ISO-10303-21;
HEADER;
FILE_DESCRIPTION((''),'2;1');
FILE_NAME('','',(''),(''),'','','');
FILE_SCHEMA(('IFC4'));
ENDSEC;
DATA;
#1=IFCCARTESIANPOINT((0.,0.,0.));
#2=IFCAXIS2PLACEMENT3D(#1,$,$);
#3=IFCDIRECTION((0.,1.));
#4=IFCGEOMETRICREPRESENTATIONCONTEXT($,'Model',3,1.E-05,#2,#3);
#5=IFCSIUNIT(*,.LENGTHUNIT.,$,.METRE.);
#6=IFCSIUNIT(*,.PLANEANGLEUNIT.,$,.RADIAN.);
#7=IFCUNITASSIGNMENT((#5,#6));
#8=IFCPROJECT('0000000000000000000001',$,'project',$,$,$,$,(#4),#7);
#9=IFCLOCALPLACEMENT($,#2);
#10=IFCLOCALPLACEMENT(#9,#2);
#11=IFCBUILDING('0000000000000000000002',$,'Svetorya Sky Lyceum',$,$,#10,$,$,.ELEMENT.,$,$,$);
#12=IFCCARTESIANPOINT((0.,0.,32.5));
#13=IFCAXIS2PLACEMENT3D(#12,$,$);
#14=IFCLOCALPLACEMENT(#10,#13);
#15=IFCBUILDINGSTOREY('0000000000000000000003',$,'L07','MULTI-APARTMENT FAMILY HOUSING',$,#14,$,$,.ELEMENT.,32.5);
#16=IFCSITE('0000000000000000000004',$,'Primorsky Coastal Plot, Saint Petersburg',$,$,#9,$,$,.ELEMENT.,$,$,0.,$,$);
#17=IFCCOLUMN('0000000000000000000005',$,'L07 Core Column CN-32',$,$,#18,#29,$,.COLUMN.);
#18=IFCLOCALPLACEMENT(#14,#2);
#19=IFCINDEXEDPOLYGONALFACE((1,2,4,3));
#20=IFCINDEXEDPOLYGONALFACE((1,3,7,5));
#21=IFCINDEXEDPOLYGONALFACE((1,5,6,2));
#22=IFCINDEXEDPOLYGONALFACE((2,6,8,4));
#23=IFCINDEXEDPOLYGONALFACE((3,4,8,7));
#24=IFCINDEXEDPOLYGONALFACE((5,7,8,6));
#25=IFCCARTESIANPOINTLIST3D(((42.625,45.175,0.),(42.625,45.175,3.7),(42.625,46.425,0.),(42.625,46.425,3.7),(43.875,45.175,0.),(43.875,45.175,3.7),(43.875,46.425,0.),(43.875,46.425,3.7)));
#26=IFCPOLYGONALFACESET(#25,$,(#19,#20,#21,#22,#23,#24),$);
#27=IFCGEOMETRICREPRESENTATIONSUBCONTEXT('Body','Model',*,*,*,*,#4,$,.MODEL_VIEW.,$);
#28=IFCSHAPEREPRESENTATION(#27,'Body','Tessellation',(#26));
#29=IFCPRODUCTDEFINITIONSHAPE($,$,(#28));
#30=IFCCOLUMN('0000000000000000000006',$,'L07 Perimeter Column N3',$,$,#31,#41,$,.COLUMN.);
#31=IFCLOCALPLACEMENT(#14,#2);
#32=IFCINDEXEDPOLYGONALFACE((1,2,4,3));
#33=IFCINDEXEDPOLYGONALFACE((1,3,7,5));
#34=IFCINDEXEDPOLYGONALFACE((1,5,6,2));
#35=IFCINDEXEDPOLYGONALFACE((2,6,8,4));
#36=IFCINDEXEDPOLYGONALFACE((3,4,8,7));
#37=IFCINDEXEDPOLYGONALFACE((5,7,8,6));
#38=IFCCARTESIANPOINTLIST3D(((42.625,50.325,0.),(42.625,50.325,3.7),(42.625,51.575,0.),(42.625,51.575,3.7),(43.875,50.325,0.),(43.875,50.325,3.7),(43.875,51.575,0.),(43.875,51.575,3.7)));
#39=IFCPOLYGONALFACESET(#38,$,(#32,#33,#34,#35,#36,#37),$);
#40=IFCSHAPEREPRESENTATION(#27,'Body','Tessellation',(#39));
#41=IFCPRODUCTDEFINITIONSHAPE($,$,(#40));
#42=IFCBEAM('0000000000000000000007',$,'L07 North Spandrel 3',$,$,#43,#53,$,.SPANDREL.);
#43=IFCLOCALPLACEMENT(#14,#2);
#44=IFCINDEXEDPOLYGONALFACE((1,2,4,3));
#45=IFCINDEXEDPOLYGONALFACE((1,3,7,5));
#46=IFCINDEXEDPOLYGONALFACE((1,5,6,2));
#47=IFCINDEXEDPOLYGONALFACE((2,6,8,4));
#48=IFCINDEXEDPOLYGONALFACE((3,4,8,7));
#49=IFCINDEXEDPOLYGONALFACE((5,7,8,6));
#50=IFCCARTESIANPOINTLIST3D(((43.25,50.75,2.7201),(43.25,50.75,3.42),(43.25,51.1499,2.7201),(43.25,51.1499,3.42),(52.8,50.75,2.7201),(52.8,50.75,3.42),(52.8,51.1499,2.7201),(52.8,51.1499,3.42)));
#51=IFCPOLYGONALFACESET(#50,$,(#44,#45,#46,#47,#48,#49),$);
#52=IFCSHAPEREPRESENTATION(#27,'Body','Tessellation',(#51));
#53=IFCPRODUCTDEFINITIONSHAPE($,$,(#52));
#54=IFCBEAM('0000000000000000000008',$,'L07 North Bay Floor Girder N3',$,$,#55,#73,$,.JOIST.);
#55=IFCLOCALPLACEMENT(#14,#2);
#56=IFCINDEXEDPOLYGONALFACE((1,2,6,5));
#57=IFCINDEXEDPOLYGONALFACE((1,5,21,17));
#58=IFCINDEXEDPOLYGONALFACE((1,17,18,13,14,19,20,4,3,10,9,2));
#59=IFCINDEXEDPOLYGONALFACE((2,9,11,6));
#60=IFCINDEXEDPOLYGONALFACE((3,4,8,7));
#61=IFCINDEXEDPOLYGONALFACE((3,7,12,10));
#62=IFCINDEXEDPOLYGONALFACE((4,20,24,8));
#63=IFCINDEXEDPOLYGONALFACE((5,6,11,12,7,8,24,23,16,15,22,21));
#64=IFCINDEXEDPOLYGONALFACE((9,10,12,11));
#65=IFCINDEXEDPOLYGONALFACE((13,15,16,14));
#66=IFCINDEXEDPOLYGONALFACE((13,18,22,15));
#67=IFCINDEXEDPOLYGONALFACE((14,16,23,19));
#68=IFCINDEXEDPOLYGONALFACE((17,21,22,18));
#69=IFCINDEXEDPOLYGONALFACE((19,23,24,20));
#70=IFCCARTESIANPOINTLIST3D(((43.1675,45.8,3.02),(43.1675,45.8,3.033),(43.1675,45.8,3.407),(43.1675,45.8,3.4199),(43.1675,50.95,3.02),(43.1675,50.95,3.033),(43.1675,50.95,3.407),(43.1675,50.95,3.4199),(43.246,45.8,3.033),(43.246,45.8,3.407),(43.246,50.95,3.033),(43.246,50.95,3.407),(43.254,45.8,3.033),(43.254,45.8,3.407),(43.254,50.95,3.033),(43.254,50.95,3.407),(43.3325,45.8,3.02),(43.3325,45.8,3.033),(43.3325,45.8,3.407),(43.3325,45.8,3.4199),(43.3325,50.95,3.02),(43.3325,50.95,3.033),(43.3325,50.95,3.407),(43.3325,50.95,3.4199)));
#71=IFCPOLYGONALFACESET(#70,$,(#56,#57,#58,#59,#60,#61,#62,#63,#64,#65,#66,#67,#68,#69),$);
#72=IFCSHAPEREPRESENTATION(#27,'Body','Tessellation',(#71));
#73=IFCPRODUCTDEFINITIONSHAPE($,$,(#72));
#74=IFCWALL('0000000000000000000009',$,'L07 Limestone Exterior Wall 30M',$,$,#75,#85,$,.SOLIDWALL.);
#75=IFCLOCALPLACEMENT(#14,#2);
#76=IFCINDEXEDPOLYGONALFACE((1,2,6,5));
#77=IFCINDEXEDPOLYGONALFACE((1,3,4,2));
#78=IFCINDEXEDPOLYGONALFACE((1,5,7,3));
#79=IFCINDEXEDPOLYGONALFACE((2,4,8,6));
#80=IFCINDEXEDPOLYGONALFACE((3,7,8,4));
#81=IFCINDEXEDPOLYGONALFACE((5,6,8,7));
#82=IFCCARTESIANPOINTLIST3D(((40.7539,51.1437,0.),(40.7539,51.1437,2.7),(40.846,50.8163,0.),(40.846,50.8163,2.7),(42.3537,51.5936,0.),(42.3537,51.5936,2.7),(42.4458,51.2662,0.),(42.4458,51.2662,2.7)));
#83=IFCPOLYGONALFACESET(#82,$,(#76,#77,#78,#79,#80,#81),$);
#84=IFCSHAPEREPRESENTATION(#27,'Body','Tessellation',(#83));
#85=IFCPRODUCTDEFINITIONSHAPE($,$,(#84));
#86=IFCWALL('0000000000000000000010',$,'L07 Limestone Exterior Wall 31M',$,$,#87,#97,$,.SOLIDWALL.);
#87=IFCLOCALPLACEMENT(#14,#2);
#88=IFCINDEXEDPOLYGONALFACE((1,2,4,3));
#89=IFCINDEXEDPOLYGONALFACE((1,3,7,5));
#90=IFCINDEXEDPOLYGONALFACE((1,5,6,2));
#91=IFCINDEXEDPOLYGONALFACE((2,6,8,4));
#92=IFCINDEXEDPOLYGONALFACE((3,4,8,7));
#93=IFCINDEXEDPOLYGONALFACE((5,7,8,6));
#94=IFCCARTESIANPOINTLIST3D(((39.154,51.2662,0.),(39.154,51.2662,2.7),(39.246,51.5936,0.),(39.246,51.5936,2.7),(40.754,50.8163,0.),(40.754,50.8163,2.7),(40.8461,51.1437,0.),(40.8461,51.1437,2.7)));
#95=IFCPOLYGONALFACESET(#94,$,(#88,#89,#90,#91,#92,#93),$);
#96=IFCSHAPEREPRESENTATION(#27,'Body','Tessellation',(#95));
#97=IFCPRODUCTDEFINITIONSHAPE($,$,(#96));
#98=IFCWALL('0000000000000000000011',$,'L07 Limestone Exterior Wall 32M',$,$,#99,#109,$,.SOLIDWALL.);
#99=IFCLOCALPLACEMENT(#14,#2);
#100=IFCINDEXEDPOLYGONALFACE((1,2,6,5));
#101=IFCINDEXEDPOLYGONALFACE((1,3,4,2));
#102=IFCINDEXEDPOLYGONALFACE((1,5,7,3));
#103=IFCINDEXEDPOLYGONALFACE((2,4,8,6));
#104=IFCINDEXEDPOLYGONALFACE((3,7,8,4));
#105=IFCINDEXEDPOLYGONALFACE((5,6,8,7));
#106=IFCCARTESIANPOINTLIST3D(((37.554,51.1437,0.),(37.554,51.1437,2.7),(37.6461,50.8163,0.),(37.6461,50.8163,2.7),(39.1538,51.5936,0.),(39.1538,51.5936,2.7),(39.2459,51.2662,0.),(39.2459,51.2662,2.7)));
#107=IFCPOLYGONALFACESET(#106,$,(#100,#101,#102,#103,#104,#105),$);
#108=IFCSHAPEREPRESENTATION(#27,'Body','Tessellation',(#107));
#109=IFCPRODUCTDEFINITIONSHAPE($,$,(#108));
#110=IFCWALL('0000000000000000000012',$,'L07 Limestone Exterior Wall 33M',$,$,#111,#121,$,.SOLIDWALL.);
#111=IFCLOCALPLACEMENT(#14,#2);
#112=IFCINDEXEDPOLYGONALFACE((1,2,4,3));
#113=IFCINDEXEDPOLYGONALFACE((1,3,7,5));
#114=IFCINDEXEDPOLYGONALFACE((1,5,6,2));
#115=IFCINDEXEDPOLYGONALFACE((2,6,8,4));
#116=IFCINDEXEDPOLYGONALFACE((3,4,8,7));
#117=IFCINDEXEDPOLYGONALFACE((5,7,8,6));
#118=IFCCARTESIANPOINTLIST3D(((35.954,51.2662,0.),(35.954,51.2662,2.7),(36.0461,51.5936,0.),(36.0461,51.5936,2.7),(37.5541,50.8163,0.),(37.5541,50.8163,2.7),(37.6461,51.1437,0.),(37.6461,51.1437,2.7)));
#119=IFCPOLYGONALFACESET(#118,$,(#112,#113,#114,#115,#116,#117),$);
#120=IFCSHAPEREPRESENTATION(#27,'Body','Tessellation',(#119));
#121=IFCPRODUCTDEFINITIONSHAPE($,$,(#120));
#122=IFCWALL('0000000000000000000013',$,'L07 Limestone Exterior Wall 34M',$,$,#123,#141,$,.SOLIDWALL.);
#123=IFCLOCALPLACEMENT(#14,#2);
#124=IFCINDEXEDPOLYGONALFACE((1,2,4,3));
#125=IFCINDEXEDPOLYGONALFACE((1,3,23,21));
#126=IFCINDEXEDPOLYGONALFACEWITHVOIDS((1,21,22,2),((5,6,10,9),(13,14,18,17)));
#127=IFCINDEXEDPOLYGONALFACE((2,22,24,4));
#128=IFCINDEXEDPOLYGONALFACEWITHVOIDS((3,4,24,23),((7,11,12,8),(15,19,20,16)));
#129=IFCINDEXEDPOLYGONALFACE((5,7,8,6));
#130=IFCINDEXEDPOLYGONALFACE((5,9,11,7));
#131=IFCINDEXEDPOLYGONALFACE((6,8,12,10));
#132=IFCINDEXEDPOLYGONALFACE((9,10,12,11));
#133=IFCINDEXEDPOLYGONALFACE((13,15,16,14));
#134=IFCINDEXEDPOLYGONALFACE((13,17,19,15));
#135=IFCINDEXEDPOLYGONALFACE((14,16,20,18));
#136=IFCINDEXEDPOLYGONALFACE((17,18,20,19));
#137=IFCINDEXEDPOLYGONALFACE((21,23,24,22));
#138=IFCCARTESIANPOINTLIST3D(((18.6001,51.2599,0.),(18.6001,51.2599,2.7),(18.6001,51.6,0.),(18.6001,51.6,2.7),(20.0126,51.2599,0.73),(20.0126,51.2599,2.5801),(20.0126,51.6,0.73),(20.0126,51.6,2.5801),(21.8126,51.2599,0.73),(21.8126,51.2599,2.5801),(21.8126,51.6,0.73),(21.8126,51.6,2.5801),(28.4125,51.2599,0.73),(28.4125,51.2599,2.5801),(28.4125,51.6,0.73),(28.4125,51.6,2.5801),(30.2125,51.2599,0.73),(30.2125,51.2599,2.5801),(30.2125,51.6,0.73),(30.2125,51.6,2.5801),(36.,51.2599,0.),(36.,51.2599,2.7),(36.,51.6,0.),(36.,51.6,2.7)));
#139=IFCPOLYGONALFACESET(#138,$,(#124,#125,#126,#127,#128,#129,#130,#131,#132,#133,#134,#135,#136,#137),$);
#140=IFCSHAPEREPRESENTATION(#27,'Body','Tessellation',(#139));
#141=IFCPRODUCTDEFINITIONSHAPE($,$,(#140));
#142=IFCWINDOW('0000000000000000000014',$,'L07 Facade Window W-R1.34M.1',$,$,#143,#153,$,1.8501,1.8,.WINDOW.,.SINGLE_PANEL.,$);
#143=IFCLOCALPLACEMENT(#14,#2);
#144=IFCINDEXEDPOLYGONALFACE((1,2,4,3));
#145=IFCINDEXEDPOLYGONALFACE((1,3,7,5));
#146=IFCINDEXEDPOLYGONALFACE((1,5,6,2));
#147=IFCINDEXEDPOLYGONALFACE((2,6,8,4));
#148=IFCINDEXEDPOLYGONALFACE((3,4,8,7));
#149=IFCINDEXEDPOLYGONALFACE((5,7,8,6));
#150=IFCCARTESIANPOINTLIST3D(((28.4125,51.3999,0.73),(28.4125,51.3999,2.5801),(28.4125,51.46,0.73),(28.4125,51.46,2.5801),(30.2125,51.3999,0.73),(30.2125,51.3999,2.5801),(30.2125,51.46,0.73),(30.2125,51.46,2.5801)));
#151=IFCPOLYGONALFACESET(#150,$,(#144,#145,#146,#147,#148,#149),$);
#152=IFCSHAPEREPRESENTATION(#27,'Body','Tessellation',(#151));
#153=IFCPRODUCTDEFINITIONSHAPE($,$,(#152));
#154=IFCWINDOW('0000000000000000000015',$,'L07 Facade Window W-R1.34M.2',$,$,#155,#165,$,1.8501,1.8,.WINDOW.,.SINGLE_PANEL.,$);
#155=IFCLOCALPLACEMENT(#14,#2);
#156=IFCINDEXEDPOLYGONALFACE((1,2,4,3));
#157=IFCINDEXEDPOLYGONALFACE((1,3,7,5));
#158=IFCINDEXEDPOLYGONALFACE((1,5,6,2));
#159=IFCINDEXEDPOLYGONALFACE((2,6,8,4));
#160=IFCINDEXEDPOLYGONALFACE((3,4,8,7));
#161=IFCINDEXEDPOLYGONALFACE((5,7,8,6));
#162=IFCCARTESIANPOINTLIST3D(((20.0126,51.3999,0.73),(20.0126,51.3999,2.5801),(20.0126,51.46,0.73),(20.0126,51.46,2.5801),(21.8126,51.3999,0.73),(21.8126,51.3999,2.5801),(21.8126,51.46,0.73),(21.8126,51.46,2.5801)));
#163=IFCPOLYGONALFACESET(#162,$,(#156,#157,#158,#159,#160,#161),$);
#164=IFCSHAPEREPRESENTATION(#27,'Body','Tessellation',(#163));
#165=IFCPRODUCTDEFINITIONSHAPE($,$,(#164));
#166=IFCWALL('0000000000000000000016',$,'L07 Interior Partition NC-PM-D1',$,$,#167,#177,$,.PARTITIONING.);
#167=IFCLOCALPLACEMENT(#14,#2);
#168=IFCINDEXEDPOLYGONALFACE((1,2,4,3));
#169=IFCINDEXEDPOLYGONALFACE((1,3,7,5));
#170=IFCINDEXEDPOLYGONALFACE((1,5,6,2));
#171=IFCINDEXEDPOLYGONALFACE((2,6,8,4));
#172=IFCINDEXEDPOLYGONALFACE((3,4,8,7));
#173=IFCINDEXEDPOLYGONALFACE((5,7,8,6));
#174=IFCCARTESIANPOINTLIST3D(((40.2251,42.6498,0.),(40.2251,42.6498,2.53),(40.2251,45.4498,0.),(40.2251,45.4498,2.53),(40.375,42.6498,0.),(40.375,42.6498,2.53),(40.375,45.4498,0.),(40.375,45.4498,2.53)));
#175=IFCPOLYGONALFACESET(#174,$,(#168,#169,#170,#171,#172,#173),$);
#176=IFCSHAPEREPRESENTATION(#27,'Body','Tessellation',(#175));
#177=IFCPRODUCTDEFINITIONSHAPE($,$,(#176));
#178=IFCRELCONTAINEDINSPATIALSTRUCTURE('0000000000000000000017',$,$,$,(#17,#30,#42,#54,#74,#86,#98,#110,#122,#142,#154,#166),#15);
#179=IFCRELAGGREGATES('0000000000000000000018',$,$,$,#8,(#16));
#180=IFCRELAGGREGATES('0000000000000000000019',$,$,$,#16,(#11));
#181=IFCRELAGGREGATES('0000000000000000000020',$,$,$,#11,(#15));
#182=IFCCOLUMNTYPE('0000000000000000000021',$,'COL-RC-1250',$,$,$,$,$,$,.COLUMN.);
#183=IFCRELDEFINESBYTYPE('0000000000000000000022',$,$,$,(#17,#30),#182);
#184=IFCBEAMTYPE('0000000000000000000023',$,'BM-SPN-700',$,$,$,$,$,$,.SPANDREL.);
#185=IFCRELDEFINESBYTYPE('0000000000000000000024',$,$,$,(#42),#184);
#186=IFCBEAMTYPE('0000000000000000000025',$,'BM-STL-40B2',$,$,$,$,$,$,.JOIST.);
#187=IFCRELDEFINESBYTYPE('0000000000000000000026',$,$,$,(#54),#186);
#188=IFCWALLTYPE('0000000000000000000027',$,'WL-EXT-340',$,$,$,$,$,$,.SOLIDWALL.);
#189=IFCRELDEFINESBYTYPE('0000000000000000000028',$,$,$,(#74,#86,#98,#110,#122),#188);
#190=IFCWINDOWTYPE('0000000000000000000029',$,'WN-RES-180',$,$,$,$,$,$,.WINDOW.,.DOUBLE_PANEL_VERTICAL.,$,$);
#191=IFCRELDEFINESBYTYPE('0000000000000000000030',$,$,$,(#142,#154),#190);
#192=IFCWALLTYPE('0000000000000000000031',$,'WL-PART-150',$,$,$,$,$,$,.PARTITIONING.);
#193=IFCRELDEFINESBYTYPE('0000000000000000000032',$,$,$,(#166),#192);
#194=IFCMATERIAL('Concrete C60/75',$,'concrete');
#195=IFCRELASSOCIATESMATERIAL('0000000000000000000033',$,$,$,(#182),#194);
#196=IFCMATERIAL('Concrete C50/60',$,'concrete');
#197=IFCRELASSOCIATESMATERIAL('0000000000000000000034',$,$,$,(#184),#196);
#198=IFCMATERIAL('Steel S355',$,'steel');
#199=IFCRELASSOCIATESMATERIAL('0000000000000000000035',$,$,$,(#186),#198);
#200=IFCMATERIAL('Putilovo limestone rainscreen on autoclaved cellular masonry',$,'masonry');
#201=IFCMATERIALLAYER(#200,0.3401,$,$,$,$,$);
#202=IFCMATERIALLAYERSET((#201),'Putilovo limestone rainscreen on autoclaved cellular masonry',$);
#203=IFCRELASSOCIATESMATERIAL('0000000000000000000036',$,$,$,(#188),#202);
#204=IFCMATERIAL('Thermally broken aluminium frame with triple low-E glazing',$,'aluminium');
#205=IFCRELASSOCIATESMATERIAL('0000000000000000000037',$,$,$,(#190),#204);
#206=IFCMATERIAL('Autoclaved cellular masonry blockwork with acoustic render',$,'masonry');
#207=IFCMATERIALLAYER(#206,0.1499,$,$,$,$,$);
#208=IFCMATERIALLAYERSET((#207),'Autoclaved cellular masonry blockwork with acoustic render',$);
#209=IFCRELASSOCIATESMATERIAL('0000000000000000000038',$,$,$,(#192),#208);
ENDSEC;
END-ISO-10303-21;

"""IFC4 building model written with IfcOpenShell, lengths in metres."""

from ifc_helpers import new_model, si_unit, direction, frame, frame_2d, origin, origin_2d, place, context, subcontext, project, spatial, rectangle, i_section, extrude, material, layer, layer_set, material_profile, profile_set, type_object, element, fill, save


model = new_model("IFC4")

# Units and contexts
model_context = context("Model", 3, precision=1e-05, world=origin(), true_north=direction((0.0, 1.0)))
body_context = subcontext(model_context, "Body", "Model", "MODEL_VIEW")
ifc_project = project(units=[si_unit("LENGTHUNIT", "METRE"), si_unit("PLANEANGLEUNIT", "RADIAN")], contexts=[model_context])

# Site, building, storey
site_placement = place(None, origin())
site = spatial("IfcSite", under=ifc_project, at=site_placement, Name="Primorsky Coastal Plot, Saint Petersburg", CompositionType="ELEMENT", RefElevation=0.0)
building_placement = place(site_placement, origin())
building = spatial("IfcBuilding", under=site, at=building_placement, Name="Svetorya Sky Lyceum", CompositionType="ELEMENT")
storey_placement = place(building_placement, frame((0.0, 0.0, 32.5)))
storey = spatial("IfcBuildingStorey", under=building, at=storey_placement, Name="L07", Description="MULTI-APARTMENT FAMILY HOUSING", CompositionType="ELEMENT", Elevation=32.5)

# Columns
ifc_material_1 = material(Name="Concrete C60/75", Category="concrete")
ifc_material_profile_1 = material_profile(ifc_material_1, rectangle(XDim=1.25, YDim=1.25, at=origin_2d()), Name="RC COL 1250x1250")
ifc_profile_set_1 = profile_set([ifc_material_profile_1], Name="Concrete C60/75")
column_type = type_object("IfcColumnType", Name="COL-RC-1250", PredefinedType="COLUMN", material=ifc_profile_set_1)
for number, where, z_axis, x_axis, name in (
    (1, (43.25, 45.8, 0.0), (0.0, 0.0, 1.0), (1.0, 0.0, 0.0), "L07 Core Column CN-32"),
    (2, (43.25, 50.95, 0.0), (0.0, 0.0, 1.0), (1.0, 0.0, 0.0), "L07 Perimeter Column N3"),
):
    element("IfcColumn", number, at=place(storey_placement, frame(where, z_axis=z_axis, x_axis=x_axis)), inside=storey, type_object=column_type, Name=name, PredefinedType="COLUMN", context=body_context, shape_type="SweptSolid", body=[
        extrude(rectangle(XDim=1.25, YDim=1.25, at=origin_2d()), origin(), (0.0, 0.0, 1.0), 3.7),
    ])

# Beams
ifc_material_2 = material(Name="Concrete C50/60", Category="concrete")
ifc_material_profile_2 = material_profile(ifc_material_2, rectangle(XDim=0.3999, YDim=0.7, at=origin_2d()), Name="RC SPANDREL 400x700")
ifc_profile_set_2 = profile_set([ifc_material_profile_2], Name="Concrete C50/60")
beam_type_1 = type_object("IfcBeamType", Name="BM-SPN-700", PredefinedType="SPANDREL", material=ifc_profile_set_2)
beam_1_placement = place(storey_placement, frame((43.25, 50.95, 3.0701), z_axis=(1.0, 0.0, 0.0), x_axis=(0.0, 1.0, 0.0)))
element("IfcBeam", 3, at=beam_1_placement, inside=storey, type_object=beam_type_1, Name="L07 North Spandrel 3", PredefinedType="SPANDREL", context=body_context, shape_type="SweptSolid", body=[
    extrude(rectangle(XDim=0.3999, YDim=0.7, at=origin_2d()), origin(), (0.0, 0.0, 1.0), 9.55),
])
ifc_material_3 = material(Name="Steel S355", Category="steel")
ifc_material_profile_3 = material_profile(ifc_material_3, i_section(OverallWidth=0.165, OverallDepth=0.3999, WebThickness=0.0081, FlangeThickness=0.0129, at=origin_2d()), Name="GOST 40B2")
ifc_profile_set_3 = profile_set([ifc_material_profile_3], Name="Steel S355")
beam_type_2 = type_object("IfcBeamType", Name="BM-STL-40B2", PredefinedType="JOIST", material=ifc_profile_set_3)
beam_2_placement = place(storey_placement, frame((43.25, 45.8, 3.22), z_axis=(0.0, 1.0, 0.0), x_axis=(-1.0, 0.0, 0.0)))
element("IfcBeam", 4, at=beam_2_placement, inside=storey, type_object=beam_type_2, Name="L07 North Bay Floor Girder N3", PredefinedType="JOIST", context=body_context, shape_type="SweptSolid", body=[
    extrude(i_section(OverallWidth=0.165, OverallDepth=0.3999, WebThickness=0.0081, FlangeThickness=0.0129, at=origin_2d()), origin(), (0.0, 0.0, 1.0), 5.1499),
])

# Walls
ifc_material_4 = material(Name="Putilovo limestone rainscreen on autoclaved cellular masonry", Category="masonry")
ifc_layer_1 = layer(ifc_material_4, 0.3401)
ifc_layer_set_1 = layer_set([ifc_layer_1], Name="Putilovo limestone rainscreen on autoclaved cellular masonry")
wall_type_1 = type_object("IfcWallType", Name="WL-EXT-340", PredefinedType="SOLIDWALL", material=ifc_layer_set_1)
wall_1_placement = place(storey_placement, frame((42.3999, 51.4299, 0.0), z_axis=(0.0, 0.0, 1.0), x_axis=(-0.962652, -0.270741, 0.0)))
element("IfcWall", 5, at=wall_1_placement, inside=storey, type_object=wall_type_1, Name="L07 Limestone Exterior Wall 30M", PredefinedType="SOLIDWALL", context=body_context, shape_type="SweptSolid", body=[
    extrude(rectangle(XDim=1.6619, YDim=0.3401, at=frame_2d((0.8311, 0.0))), origin(), (0.0, 0.0, 1.0), 2.7),
])
wall_2_placement = place(storey_placement, frame((40.8, 50.98, 0.0), z_axis=(0.0, 0.0, 1.0), x_axis=(-0.962663, 0.270703, 0.0)))
element("IfcWall", 6, at=wall_2_placement, inside=storey, type_object=wall_type_1, Name="L07 Limestone Exterior Wall 31M", PredefinedType="SOLIDWALL", context=body_context, shape_type="SweptSolid", body=[
    extrude(rectangle(XDim=1.6621, YDim=0.3401, at=frame_2d((0.8311, 0.0))), origin(), (0.0, 0.0, 1.0), 2.7),
])
wall_3_placement = place(storey_placement, frame((39.2, 51.4299, 0.0), z_axis=(0.0, 0.0, 1.0), x_axis=(-0.962652, -0.270741, 0.0)))
element("IfcWall", 7, at=wall_3_placement, inside=storey, type_object=wall_type_1, Name="L07 Limestone Exterior Wall 32M", PredefinedType="SOLIDWALL", context=body_context, shape_type="SweptSolid", body=[
    extrude(rectangle(XDim=1.6619, YDim=0.3401, at=frame_2d((0.8311, 0.0))), origin(), (0.0, 0.0, 1.0), 2.7),
])
wall_4_placement = place(storey_placement, frame((37.6001, 50.98, 0.0), z_axis=(0.0, 0.0, 1.0), x_axis=(-0.962663, 0.270703, 0.0)))
element("IfcWall", 8, at=wall_4_placement, inside=storey, type_object=wall_type_1, Name="L07 Limestone Exterior Wall 33M", PredefinedType="SOLIDWALL", context=body_context, shape_type="SweptSolid", body=[
    extrude(rectangle(XDim=1.6621, YDim=0.3401, at=frame_2d((0.8311, 0.0))), origin(), (0.0, 0.0, 1.0), 2.7),
])

# Wall, openings, windows
wall_5_placement = place(storey_placement, frame((36.0, 51.4299, 0.0), z_axis=(0.0, 0.0, 1.0), x_axis=(-1.0, 0.0, 0.0)))
wall_5 = element("IfcWall", 9, at=wall_5_placement, inside=storey, type_object=wall_type_1, Name="L07 Limestone Exterior Wall 34M", PredefinedType="SOLIDWALL", context=body_context, shape_type="SweptSolid", body=[
    extrude(rectangle(XDim=17.3999, YDim=0.3401, at=frame_2d((8.7, 0.0))), origin(), (0.0, 0.0, 1.0), 2.7),
])
opening_1_placement = place(wall_5_placement, frame((5.7876, 0.0, 0.73)))
opening_1 = element("IfcOpeningElement", 10, at=opening_1_placement, cuts=wall_5, PredefinedType="OPENING", context=body_context, shape_type="SweptSolid", body=[
    extrude(rectangle(XDim=1.8, YDim=1.8501, at=frame_2d((0.8999, 0.925))), frame((0.0, 0.1799, 0.0), z_axis=(0.0, -1.0, 0.0), x_axis=(1.0, 0.0, 0.0)), (0.0, 0.0, 1.0), 0.3601),
])
opening_2_placement = place(wall_5_placement, frame((14.1875, 0.0, 0.73)))
opening_2 = element("IfcOpeningElement", 11, at=opening_2_placement, cuts=wall_5, PredefinedType="OPENING", context=body_context, shape_type="SweptSolid", body=[
    extrude(rectangle(XDim=1.8, YDim=1.8501, at=frame_2d((0.8999, 0.925))), frame((0.0, 0.1799, 0.0), z_axis=(0.0, -1.0, 0.0), x_axis=(1.0, 0.0, 0.0)), (0.0, 0.0, 1.0), 0.3601),
])
ifc_material_5 = material(Name="Thermally broken aluminium frame with triple low-E glazing", Category="aluminium")
window_type = type_object("IfcWindowType", Name="WN-RES-180", PartitioningType="DOUBLE_PANEL_VERTICAL", PredefinedType="WINDOW", material=ifc_material_5)
window_1_placement = place(opening_1_placement, origin())
window_1 = element("IfcWindow", 12, at=window_1_placement, inside=storey, type_object=window_type, Name="L07 Facade Window W-R1.34M.1", OverallHeight=1.8501, OverallWidth=1.8, PartitioningType="SINGLE_PANEL", PredefinedType="WINDOW", context=body_context, shape_type="SweptSolid", body=[
    extrude(rectangle(XDim=1.8, YDim=1.8501, at=frame_2d((0.8999, 0.925))), frame((0.0, 0.03, 0.0), z_axis=(0.0, -1.0, 0.0), x_axis=(1.0, 0.0, 0.0)), (0.0, 0.0, 1.0), 0.0601),
])
fill(opening_1, window_1)
window_2_placement = place(opening_2_placement, origin())
window_2 = element("IfcWindow", 13, at=window_2_placement, inside=storey, type_object=window_type, Name="L07 Facade Window W-R1.34M.2", OverallHeight=1.8501, OverallWidth=1.8, PartitioningType="SINGLE_PANEL", PredefinedType="WINDOW", context=body_context, shape_type="SweptSolid", body=[
    extrude(rectangle(XDim=1.8, YDim=1.8501, at=frame_2d((0.8999, 0.925))), frame((0.0, 0.03, 0.0), z_axis=(0.0, -1.0, 0.0), x_axis=(1.0, 0.0, 0.0)), (0.0, 0.0, 1.0), 0.0601),
])
fill(opening_2, window_2)

# Wall
ifc_material_6 = material(Name="Autoclaved cellular masonry blockwork with acoustic render", Category="masonry")
ifc_layer_2 = layer(ifc_material_6, 0.1499)
ifc_layer_set_2 = layer_set([ifc_layer_2], Name="Autoclaved cellular masonry blockwork with acoustic render")
wall_type_2 = type_object("IfcWallType", Name="WL-PART-150", PredefinedType="PARTITIONING", material=ifc_layer_set_2)
for number, where, z_axis, x_axis, name in (
    (14, (40.3, 42.6499, 0.0), (0.0, 0.0, 1.0), (0.0, 1.0, 0.0), "L07 Interior Partition NC-PM-D1"),
):
    element("IfcWall", number, at=place(storey_placement, frame(where, z_axis=z_axis, x_axis=x_axis)), inside=storey, type_object=wall_type_2, Name=name, PredefinedType="PARTITIONING", context=body_context, shape_type="SweptSolid", body=[
        extrude(rectangle(XDim=2.8, YDim=0.1499, at=frame_2d((1.3999, 0.0))), origin(), (0.0, 0.0, 1.0), 2.53),
    ])

save(model, "model.ifc")
